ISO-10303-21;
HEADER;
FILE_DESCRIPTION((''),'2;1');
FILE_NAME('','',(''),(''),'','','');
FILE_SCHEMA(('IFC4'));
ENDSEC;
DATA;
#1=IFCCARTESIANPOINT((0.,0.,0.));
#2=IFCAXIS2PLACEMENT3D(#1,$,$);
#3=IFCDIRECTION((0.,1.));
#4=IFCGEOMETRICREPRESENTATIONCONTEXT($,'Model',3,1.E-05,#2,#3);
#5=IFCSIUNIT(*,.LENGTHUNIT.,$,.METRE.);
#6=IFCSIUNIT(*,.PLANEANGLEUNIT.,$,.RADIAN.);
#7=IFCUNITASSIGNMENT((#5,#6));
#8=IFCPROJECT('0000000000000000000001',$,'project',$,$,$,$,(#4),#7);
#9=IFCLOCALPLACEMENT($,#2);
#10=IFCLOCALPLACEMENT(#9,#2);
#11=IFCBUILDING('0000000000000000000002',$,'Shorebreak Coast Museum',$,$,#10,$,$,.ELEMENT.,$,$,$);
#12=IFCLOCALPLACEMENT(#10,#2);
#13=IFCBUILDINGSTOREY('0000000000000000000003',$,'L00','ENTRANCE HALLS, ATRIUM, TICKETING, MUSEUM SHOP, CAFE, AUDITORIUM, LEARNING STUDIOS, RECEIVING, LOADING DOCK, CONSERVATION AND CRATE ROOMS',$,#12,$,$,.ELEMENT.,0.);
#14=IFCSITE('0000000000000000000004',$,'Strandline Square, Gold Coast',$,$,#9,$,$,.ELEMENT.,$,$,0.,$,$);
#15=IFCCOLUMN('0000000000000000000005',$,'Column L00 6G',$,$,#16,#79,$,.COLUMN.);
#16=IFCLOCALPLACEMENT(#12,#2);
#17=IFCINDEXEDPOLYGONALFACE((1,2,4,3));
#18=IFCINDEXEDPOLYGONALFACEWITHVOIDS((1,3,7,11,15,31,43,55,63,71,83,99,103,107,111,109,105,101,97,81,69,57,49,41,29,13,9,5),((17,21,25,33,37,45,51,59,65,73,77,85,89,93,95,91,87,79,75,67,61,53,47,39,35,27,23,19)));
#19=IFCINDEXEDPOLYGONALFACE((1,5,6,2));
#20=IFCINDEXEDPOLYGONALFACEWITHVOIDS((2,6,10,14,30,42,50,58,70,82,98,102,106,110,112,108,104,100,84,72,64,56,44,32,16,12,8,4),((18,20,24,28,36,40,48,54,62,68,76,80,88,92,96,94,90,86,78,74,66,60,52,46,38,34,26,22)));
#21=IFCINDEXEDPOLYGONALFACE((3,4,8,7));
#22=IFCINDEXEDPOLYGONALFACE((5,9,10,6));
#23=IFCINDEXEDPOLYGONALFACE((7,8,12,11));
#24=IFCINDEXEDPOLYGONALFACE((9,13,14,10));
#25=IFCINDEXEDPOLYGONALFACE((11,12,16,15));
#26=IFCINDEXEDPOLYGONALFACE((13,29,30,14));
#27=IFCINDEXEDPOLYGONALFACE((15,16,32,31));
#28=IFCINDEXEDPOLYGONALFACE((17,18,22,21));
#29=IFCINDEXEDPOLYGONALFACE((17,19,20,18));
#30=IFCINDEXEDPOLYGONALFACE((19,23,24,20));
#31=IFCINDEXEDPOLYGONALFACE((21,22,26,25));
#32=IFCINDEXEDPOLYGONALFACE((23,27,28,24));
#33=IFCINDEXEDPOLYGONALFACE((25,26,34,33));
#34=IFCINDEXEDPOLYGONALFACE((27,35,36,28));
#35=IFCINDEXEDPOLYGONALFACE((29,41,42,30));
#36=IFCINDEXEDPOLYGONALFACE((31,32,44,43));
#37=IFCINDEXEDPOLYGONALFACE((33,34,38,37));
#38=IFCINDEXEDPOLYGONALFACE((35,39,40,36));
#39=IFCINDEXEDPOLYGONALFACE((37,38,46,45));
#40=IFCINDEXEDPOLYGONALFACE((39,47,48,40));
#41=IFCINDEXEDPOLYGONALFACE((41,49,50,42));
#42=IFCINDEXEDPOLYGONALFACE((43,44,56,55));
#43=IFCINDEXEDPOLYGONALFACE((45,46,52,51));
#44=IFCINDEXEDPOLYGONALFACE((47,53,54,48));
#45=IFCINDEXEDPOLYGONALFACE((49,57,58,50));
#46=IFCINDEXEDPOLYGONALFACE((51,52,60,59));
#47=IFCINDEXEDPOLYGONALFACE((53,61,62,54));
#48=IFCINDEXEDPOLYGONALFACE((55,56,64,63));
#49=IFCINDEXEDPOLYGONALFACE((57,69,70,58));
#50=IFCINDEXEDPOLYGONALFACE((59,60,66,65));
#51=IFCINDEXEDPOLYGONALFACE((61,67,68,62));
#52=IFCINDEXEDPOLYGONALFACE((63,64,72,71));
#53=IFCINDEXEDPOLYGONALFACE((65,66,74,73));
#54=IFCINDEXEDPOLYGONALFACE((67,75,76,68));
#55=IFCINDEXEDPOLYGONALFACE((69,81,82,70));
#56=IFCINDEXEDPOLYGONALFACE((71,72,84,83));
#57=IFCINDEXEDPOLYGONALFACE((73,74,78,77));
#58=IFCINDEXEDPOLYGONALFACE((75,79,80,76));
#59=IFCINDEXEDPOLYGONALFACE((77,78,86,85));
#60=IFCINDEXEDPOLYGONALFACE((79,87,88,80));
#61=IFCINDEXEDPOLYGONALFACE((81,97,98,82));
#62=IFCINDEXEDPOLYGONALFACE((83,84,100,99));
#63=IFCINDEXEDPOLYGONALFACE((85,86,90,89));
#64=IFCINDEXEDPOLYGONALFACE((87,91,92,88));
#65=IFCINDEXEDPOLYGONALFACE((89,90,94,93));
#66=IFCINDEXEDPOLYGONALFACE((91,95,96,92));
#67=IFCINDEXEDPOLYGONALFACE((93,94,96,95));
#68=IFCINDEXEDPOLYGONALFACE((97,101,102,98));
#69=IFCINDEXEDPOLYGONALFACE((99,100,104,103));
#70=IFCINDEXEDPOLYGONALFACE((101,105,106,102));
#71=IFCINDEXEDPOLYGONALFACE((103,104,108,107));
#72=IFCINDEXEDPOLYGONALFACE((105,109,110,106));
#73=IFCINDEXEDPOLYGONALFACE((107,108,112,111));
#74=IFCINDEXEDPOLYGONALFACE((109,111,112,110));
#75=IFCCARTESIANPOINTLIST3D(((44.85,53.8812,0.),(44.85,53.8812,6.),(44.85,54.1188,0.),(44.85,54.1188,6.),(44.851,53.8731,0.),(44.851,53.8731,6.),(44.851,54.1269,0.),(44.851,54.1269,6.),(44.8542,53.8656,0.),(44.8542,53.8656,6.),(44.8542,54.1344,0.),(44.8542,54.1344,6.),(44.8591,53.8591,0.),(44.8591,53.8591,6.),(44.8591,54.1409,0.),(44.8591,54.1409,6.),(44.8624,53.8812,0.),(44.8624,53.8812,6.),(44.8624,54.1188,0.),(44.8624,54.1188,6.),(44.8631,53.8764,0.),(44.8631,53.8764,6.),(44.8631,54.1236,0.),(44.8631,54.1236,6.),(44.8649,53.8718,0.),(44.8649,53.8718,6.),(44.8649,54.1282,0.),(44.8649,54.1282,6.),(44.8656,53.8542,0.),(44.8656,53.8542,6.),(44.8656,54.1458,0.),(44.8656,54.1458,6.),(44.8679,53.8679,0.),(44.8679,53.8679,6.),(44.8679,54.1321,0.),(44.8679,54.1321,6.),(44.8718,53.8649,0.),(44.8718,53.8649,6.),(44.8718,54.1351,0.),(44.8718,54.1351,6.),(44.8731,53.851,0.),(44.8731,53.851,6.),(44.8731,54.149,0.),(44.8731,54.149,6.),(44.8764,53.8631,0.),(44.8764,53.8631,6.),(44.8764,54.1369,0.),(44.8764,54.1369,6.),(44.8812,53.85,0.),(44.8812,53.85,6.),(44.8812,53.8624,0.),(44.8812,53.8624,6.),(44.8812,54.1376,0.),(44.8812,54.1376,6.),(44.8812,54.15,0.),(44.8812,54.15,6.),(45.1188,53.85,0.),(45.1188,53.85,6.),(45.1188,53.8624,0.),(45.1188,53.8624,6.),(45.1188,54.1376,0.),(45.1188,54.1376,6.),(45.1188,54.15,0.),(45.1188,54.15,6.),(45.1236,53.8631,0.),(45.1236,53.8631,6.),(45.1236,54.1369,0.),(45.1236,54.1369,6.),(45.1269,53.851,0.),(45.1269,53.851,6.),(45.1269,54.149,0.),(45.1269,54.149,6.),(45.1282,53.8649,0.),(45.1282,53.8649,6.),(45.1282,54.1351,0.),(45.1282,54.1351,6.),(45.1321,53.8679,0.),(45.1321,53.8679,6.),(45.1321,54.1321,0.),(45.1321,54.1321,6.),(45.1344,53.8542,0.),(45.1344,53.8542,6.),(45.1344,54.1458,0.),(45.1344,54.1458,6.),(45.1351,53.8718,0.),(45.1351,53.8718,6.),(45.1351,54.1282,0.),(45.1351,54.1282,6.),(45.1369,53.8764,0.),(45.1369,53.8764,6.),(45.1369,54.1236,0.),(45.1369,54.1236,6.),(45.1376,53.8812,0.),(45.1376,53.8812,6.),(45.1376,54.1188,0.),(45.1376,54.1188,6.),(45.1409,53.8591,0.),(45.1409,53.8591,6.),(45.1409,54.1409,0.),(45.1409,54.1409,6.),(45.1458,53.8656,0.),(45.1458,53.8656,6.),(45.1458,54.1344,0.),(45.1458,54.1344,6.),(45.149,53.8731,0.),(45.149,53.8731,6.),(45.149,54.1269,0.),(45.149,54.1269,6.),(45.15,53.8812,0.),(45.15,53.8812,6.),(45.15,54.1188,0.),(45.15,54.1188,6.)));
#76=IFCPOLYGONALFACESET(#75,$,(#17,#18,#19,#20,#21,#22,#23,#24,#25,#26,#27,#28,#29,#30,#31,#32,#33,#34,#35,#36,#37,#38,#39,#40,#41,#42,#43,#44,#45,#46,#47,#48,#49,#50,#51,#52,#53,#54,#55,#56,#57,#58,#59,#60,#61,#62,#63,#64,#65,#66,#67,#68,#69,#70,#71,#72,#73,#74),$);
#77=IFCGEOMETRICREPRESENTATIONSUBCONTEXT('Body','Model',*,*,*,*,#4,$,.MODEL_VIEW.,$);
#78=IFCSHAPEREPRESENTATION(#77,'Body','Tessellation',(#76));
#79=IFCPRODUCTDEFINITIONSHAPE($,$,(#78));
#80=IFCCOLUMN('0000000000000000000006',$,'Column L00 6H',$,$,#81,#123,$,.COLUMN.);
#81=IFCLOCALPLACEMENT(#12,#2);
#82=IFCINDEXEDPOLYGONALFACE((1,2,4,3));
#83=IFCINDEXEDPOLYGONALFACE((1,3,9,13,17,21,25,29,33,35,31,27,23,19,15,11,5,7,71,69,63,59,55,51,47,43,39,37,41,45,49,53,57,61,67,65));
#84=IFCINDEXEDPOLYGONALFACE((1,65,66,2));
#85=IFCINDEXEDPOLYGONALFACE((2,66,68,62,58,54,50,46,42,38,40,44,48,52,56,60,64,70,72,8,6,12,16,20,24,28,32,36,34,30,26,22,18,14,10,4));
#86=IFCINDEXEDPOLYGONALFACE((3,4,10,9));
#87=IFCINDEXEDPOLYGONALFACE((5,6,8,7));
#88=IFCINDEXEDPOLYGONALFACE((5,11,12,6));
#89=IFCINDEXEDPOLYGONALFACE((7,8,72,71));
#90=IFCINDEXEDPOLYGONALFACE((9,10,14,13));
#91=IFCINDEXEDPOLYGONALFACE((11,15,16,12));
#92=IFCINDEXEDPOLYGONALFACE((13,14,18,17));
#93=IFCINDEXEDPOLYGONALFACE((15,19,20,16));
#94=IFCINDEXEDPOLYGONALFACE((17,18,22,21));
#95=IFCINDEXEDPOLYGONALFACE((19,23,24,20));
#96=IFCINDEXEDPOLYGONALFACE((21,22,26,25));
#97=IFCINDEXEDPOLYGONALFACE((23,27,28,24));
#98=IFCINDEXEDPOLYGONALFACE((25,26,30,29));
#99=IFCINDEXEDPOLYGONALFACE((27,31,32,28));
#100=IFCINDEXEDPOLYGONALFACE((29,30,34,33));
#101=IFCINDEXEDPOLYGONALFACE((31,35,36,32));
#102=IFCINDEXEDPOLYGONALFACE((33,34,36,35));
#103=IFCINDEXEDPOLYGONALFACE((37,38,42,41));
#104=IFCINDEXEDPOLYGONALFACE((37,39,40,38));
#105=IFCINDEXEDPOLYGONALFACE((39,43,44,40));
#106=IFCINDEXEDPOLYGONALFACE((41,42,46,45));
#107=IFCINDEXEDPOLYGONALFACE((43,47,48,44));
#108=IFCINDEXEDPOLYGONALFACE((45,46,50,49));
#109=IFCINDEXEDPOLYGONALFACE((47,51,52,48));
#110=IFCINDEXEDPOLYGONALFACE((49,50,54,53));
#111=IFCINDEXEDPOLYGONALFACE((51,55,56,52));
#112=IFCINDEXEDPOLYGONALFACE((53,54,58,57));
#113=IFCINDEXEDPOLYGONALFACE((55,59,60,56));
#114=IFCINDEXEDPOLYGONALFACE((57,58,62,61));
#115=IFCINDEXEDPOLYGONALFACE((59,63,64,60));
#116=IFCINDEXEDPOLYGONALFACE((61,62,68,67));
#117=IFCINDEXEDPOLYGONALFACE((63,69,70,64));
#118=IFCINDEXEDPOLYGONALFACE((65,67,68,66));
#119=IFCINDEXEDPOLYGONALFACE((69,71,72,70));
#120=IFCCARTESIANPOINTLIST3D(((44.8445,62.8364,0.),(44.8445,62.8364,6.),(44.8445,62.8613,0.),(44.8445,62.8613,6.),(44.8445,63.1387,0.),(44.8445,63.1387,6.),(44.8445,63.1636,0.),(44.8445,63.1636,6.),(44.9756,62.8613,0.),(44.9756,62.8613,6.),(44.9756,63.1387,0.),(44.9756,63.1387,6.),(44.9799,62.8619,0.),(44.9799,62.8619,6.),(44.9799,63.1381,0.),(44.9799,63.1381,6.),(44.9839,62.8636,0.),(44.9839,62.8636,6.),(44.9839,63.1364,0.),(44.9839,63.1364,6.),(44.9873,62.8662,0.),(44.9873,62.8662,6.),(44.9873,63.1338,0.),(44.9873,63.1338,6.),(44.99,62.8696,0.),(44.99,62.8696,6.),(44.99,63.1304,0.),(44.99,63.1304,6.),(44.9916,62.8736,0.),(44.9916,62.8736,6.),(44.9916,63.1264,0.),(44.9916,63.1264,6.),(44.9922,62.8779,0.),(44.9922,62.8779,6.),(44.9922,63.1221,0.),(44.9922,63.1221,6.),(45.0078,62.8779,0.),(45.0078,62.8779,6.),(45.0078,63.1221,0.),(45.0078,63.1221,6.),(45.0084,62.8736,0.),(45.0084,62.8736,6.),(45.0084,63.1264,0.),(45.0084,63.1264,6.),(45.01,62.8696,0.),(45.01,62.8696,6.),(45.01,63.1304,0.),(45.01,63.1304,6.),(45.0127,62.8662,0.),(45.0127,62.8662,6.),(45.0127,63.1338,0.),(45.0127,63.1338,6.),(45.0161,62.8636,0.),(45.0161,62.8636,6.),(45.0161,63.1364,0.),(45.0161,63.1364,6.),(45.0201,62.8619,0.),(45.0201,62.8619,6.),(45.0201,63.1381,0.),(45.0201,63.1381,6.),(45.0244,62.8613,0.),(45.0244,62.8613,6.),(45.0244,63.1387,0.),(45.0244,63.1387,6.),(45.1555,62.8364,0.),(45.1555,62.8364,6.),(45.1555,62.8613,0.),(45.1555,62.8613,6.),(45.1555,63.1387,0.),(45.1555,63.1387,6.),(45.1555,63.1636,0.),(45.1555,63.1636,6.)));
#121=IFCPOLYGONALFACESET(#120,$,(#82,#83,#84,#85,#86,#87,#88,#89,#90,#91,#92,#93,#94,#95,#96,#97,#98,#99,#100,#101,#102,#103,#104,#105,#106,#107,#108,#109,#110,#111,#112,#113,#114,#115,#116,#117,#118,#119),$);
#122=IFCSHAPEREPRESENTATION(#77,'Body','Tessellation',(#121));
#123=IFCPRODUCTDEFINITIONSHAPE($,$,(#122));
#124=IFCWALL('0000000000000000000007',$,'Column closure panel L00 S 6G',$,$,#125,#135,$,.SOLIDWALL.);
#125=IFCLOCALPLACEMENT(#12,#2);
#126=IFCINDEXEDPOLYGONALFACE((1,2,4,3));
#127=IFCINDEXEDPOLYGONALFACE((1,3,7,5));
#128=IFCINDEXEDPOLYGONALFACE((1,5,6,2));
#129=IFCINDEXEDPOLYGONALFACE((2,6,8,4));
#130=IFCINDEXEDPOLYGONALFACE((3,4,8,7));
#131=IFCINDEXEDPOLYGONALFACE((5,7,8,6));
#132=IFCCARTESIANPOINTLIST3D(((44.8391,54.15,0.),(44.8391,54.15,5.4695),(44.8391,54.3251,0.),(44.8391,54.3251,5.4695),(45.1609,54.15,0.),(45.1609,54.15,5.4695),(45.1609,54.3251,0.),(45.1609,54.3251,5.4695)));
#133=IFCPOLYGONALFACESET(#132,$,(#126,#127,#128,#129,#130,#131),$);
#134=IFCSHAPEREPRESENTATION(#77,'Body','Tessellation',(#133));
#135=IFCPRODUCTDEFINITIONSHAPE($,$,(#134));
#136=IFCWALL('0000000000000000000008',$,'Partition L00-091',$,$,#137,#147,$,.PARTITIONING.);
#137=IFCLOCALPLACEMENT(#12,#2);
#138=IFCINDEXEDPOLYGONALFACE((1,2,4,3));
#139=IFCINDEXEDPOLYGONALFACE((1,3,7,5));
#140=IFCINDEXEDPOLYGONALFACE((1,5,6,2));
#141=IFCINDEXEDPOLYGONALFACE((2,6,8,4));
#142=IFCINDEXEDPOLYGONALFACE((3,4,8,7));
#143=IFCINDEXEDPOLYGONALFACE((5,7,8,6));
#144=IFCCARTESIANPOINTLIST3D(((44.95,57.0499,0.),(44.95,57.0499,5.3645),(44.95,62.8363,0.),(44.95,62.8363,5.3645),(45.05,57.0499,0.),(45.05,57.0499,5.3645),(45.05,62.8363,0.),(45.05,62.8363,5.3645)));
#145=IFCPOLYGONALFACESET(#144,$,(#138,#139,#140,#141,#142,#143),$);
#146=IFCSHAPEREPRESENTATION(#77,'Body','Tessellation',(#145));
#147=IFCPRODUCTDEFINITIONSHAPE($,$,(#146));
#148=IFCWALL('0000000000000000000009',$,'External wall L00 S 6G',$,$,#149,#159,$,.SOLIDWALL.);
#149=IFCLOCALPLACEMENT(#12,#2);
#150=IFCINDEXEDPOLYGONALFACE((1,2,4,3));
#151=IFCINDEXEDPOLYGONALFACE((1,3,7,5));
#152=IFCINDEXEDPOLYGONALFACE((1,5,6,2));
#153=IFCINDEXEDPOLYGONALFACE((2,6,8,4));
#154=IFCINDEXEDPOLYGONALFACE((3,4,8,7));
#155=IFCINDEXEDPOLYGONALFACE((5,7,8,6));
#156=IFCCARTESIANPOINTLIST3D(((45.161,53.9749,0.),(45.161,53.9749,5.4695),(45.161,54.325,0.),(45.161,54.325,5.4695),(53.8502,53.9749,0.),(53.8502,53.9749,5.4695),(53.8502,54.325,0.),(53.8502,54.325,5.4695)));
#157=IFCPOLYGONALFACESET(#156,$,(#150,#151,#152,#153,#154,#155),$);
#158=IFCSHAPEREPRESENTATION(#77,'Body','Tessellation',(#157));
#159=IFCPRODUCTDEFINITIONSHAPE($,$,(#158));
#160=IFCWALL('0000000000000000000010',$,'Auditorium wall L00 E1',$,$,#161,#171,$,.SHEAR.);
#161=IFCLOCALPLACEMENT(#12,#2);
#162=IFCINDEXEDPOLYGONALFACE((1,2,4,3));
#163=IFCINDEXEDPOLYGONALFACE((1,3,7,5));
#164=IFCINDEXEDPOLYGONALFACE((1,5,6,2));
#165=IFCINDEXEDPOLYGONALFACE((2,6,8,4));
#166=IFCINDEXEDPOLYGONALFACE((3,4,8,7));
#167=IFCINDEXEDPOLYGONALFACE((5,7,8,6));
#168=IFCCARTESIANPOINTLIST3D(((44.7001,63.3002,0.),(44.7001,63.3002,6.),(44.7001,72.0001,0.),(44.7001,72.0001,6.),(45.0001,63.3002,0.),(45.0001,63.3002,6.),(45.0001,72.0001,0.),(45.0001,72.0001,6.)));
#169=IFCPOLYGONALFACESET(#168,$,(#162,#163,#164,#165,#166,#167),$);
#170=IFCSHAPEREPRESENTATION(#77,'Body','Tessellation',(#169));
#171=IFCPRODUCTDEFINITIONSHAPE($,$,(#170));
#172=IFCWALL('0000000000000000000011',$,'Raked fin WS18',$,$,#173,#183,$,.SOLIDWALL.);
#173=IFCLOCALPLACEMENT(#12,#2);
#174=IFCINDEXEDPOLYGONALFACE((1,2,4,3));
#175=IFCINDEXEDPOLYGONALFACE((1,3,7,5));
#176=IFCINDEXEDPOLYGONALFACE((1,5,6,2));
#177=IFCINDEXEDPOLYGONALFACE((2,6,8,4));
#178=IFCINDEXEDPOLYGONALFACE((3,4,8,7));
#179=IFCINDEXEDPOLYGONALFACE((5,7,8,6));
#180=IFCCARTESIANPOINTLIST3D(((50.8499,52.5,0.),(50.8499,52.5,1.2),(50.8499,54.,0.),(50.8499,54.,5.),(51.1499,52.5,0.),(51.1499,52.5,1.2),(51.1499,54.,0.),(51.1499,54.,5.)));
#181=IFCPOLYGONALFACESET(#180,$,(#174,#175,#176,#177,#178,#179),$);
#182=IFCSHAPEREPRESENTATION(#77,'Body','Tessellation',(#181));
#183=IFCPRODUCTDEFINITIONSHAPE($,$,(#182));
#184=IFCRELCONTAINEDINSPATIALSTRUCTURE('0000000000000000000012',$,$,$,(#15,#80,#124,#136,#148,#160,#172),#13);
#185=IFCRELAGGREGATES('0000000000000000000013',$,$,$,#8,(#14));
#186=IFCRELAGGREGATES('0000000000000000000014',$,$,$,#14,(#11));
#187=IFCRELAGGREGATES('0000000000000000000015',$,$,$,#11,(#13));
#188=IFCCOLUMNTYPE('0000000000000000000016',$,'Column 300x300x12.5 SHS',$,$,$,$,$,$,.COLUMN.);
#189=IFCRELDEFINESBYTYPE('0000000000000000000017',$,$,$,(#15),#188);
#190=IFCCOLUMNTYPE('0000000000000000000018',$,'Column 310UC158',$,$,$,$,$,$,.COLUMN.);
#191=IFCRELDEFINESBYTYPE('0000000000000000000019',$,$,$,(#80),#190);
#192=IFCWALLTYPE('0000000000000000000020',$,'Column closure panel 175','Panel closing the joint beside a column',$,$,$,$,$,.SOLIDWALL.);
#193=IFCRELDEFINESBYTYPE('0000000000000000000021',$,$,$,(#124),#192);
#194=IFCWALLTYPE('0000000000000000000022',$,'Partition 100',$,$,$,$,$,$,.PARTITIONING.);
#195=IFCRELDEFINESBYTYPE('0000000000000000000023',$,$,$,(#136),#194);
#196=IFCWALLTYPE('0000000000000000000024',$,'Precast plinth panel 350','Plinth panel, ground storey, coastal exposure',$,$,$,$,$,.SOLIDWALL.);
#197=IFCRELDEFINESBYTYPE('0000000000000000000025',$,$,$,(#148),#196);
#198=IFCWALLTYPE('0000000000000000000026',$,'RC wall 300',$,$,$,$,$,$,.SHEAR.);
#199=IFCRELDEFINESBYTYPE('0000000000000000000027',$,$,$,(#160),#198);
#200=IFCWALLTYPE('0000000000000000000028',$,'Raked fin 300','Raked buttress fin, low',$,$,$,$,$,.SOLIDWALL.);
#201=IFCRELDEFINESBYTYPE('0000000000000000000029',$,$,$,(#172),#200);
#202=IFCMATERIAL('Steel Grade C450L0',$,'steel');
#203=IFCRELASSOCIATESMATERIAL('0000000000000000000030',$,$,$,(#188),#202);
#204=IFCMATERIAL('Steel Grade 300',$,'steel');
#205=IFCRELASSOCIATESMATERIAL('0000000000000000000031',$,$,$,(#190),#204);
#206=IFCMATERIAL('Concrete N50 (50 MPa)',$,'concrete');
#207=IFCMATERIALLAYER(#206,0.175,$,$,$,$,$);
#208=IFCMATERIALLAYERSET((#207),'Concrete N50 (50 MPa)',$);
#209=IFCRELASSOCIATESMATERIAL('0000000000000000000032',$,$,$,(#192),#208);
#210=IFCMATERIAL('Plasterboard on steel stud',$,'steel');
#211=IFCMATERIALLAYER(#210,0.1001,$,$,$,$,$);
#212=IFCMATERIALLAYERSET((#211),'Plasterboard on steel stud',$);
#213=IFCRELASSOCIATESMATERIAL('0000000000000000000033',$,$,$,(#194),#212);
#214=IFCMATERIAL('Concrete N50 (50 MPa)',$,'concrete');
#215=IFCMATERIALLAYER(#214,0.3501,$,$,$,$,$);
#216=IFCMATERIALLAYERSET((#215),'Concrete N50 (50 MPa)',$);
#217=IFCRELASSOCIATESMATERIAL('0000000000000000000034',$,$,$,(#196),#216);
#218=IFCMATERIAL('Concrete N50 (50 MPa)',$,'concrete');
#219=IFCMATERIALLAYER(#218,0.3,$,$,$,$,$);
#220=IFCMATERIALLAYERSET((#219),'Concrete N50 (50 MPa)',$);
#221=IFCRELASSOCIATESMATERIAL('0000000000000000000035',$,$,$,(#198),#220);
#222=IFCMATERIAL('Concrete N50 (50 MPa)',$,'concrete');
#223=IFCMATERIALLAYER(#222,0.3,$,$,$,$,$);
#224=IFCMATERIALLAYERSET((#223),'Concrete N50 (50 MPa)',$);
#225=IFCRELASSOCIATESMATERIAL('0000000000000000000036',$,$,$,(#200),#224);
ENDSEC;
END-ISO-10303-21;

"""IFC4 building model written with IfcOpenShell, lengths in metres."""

from ifc_helpers import new_model, si_unit, direction, frame, frame_2d, origin, origin_2d, place, context, subcontext, project, spatial, polyline, rectangle, hollow_rectangle, i_section, outline, extrude, material, layer, layer_set, material_profile, profile_set, type_object, element, save


model = new_model("IFC4")

# Units and contexts
model_context = context("Model", 3, precision=1e-05, world=origin(), true_north=direction((0.0, 1.0)))
body_context = subcontext(model_context, "Body", "Model", "MODEL_VIEW")
ifc_project = project(units=[si_unit("LENGTHUNIT", "METRE"), si_unit("PLANEANGLEUNIT", "RADIAN")], contexts=[model_context])

# Site, building, storey
site_placement = place(None, origin())
site = spatial("IfcSite", under=ifc_project, at=site_placement, Name="Strandline Square, Gold Coast", CompositionType="ELEMENT", RefElevation=0.0)
building_placement = place(site_placement, origin())
building = spatial("IfcBuilding", under=site, at=building_placement, Name="Shorebreak Coast Museum", CompositionType="ELEMENT")
storey_placement = place(building_placement, origin())
storey = spatial("IfcBuildingStorey", under=building, at=storey_placement, Name="L00", Description="ENTRANCE HALLS, ATRIUM, TICKETING, MUSEUM SHOP, CAFE, AUDITORIUM, LEARNING STUDIOS, RECEIVING, LOADING DOCK, CONSERVATION AND CRATE ROOMS", CompositionType="ELEMENT", Elevation=0.0)

# Columns
ifc_material_1 = material(Name="Steel Grade C450L0", Category="steel")
ifc_material_profile_1 = material_profile(ifc_material_1, hollow_rectangle(XDim=0.3, YDim=0.3, WallThickness=0.0125, InnerFilletRadius=0.0188, OuterFilletRadius=0.0312, at=origin_2d()), Name="300x300x12.5 SHS")
ifc_profile_set_1 = profile_set([ifc_material_profile_1], Name="Steel Grade C450L0")
column_type_1 = type_object("IfcColumnType", Name="Column 300x300x12.5 SHS", PredefinedType="COLUMN", material=ifc_profile_set_1)
column_1_placement = place(storey_placement, frame((45.0, 54.0, 0.0), z_axis=(0.0, 0.0, 1.0), x_axis=(1.0, 0.0, 0.0)))
element("IfcColumn", 1, at=column_1_placement, inside=storey, type_object=column_type_1, Name="Column L00 6G", PredefinedType="COLUMN", context=body_context, shape_type="SweptSolid", body=[
    extrude(hollow_rectangle(XDim=0.3, YDim=0.3, WallThickness=0.0125, InnerFilletRadius=0.0188, OuterFilletRadius=0.0312, at=origin_2d()), origin(), (0.0, 0.0, 1.0), 6.0),
])
ifc_material_2 = material(Name="Steel Grade 300", Category="steel")
ifc_material_profile_2 = material_profile(ifc_material_2, i_section(OverallWidth=0.311, OverallDepth=0.3271, WebThickness=0.0156, FlangeThickness=0.0249, FilletRadius=0.0166, at=origin_2d()), Name="310UC158")
ifc_profile_set_2 = profile_set([ifc_material_profile_2], Name="Steel Grade 300")
column_type_2 = type_object("IfcColumnType", Name="Column 310UC158", PredefinedType="COLUMN", material=ifc_profile_set_2)
column_2_placement = place(storey_placement, frame((45.0, 63.0, 0.0), z_axis=(0.0, 0.0, 1.0), x_axis=(1.0, 0.0, 0.0)))
element("IfcColumn", 2, at=column_2_placement, inside=storey, type_object=column_type_2, Name="Column L00 6H", PredefinedType="COLUMN", context=body_context, shape_type="SweptSolid", body=[
    extrude(i_section(OverallWidth=0.311, OverallDepth=0.3271, WebThickness=0.0156, FlangeThickness=0.0249, FilletRadius=0.0166, at=origin_2d()), origin(), (0.0, 0.0, 1.0), 6.0),
])

# Walls
ifc_material_3 = material(Name="Concrete N50 (50 MPa)", Category="concrete")
ifc_layer_1 = layer(ifc_material_3, 0.175)
ifc_layer_set_1 = layer_set([ifc_layer_1], Name="Concrete N50 (50 MPa)")
wall_type_1 = type_object("IfcWallType", Name="Column closure panel 175", Description="Panel closing the joint beside a column", PredefinedType="SOLIDWALL", material=ifc_layer_set_1)
wall_1_placement = place(storey_placement, frame((44.8391, 54.2375, 0.0), z_axis=(0.0, 0.0, 1.0), x_axis=(1.0, 0.0, 0.0)))
element("IfcWall", 3, at=wall_1_placement, inside=storey, type_object=wall_type_1, Name="Column closure panel L00 S 6G", PredefinedType="SOLIDWALL", context=body_context, shape_type="SweptSolid", body=[
    extrude(rectangle(XDim=0.3218, YDim=0.175, at=frame_2d((0.1609, 0.0))), origin(), (0.0, 0.0, 1.0), 5.4695),
])
ifc_material_4 = material(Name="Plasterboard on steel stud", Category="steel")
ifc_layer_2 = layer(ifc_material_4, 0.1001)
ifc_layer_set_2 = layer_set([ifc_layer_2], Name="Plasterboard on steel stud")
wall_type_2 = type_object("IfcWallType", Name="Partition 100", PredefinedType="PARTITIONING", material=ifc_layer_set_2)
wall_2_placement = place(storey_placement, frame((45.0, 57.05, 0.0), z_axis=(0.0, 0.0, 1.0), x_axis=(0.0, 1.0, 0.0)))
element("IfcWall", 4, at=wall_2_placement, inside=storey, type_object=wall_type_2, Name="Partition L00-091", PredefinedType="PARTITIONING", context=body_context, shape_type="SweptSolid", body=[
    extrude(rectangle(XDim=5.7864, YDim=0.1001, at=frame_2d((2.8931, 0.0))), origin(), (0.0, 0.0, 1.0), 5.3645),
])
ifc_material_5 = material(Name="Concrete N50 (50 MPa)", Category="concrete")
ifc_layer_3 = layer(ifc_material_5, 0.3501)
ifc_layer_set_3 = layer_set([ifc_layer_3], Name="Concrete N50 (50 MPa)")
wall_type_3 = type_object("IfcWallType", Name="Precast plinth panel 350", Description="Plinth panel, ground storey, coastal exposure", PredefinedType="SOLIDWALL", material=ifc_layer_set_3)
wall_3_placement = place(storey_placement, frame((45.1609, 54.1499, 0.0), z_axis=(0.0, 0.0, 1.0), x_axis=(1.0, 0.0, 0.0)))
element("IfcWall", 5, at=wall_3_placement, inside=storey, type_object=wall_type_3, Name="External wall L00 S 6G", PredefinedType="SOLIDWALL", context=body_context, shape_type="SweptSolid", body=[
    extrude(rectangle(XDim=8.6892, YDim=0.3501, at=frame_2d((4.3447, 0.0))), origin(), (0.0, 0.0, 1.0), 5.4695),
])
ifc_material_6 = material(Name="Concrete N50 (50 MPa)", Category="concrete")
ifc_layer_4 = layer(ifc_material_6, 0.3)
ifc_layer_set_4 = layer_set([ifc_layer_4], Name="Concrete N50 (50 MPa)")
wall_type_4 = type_object("IfcWallType", Name="RC wall 300", PredefinedType="SHEAR", material=ifc_layer_set_4)
wall_4_placement = place(storey_placement, frame((44.8501, 63.3, 0.0), z_axis=(0.0, 0.0, 1.0), x_axis=(0.0, 1.0, 0.0)))
element("IfcWall", 6, at=wall_4_placement, inside=storey, type_object=wall_type_4, Name="Auditorium wall L00 E1", PredefinedType="SHEAR", context=body_context, shape_type="SweptSolid", body=[
    extrude(rectangle(XDim=8.7, YDim=0.3, at=frame_2d((4.3501, 0.0))), origin(), (0.0, 0.0, 1.0), 6.0),
])
ifc_material_7 = material(Name="Concrete N50 (50 MPa)", Category="concrete")
ifc_layer_5 = layer(ifc_material_7, 0.3)
ifc_layer_set_5 = layer_set([ifc_layer_5], Name="Concrete N50 (50 MPa)")
wall_type_5 = type_object("IfcWallType", Name="Raked fin 300", Description="Raked buttress fin, low", PredefinedType="SOLIDWALL", material=ifc_layer_set_5)
wall_5_placement = place(storey_placement, frame((51.0, 54.0, 0.0), z_axis=(0.0, 0.0, 1.0), x_axis=(0.0, -1.0, 0.0)))
element("IfcWall", 7, at=wall_5_placement, inside=storey, type_object=wall_type_5, Name="Raked fin WS18", PredefinedType="SOLIDWALL", context=body_context, shape_type="SweptSolid", body=[
    extrude(outline(polyline([(0.0, 0.0), (1.5, 0.0), (1.5, 1.2), (0.0, 5.0), (0.0, 0.0)])), frame((0.0, 0.1499, 0.0), z_axis=(0.0, -1.0, 0.0), x_axis=(1.0, 0.0, 0.0)), (0.0, 0.0, 1.0), 0.3),
])

save(model, "model.ifc")
